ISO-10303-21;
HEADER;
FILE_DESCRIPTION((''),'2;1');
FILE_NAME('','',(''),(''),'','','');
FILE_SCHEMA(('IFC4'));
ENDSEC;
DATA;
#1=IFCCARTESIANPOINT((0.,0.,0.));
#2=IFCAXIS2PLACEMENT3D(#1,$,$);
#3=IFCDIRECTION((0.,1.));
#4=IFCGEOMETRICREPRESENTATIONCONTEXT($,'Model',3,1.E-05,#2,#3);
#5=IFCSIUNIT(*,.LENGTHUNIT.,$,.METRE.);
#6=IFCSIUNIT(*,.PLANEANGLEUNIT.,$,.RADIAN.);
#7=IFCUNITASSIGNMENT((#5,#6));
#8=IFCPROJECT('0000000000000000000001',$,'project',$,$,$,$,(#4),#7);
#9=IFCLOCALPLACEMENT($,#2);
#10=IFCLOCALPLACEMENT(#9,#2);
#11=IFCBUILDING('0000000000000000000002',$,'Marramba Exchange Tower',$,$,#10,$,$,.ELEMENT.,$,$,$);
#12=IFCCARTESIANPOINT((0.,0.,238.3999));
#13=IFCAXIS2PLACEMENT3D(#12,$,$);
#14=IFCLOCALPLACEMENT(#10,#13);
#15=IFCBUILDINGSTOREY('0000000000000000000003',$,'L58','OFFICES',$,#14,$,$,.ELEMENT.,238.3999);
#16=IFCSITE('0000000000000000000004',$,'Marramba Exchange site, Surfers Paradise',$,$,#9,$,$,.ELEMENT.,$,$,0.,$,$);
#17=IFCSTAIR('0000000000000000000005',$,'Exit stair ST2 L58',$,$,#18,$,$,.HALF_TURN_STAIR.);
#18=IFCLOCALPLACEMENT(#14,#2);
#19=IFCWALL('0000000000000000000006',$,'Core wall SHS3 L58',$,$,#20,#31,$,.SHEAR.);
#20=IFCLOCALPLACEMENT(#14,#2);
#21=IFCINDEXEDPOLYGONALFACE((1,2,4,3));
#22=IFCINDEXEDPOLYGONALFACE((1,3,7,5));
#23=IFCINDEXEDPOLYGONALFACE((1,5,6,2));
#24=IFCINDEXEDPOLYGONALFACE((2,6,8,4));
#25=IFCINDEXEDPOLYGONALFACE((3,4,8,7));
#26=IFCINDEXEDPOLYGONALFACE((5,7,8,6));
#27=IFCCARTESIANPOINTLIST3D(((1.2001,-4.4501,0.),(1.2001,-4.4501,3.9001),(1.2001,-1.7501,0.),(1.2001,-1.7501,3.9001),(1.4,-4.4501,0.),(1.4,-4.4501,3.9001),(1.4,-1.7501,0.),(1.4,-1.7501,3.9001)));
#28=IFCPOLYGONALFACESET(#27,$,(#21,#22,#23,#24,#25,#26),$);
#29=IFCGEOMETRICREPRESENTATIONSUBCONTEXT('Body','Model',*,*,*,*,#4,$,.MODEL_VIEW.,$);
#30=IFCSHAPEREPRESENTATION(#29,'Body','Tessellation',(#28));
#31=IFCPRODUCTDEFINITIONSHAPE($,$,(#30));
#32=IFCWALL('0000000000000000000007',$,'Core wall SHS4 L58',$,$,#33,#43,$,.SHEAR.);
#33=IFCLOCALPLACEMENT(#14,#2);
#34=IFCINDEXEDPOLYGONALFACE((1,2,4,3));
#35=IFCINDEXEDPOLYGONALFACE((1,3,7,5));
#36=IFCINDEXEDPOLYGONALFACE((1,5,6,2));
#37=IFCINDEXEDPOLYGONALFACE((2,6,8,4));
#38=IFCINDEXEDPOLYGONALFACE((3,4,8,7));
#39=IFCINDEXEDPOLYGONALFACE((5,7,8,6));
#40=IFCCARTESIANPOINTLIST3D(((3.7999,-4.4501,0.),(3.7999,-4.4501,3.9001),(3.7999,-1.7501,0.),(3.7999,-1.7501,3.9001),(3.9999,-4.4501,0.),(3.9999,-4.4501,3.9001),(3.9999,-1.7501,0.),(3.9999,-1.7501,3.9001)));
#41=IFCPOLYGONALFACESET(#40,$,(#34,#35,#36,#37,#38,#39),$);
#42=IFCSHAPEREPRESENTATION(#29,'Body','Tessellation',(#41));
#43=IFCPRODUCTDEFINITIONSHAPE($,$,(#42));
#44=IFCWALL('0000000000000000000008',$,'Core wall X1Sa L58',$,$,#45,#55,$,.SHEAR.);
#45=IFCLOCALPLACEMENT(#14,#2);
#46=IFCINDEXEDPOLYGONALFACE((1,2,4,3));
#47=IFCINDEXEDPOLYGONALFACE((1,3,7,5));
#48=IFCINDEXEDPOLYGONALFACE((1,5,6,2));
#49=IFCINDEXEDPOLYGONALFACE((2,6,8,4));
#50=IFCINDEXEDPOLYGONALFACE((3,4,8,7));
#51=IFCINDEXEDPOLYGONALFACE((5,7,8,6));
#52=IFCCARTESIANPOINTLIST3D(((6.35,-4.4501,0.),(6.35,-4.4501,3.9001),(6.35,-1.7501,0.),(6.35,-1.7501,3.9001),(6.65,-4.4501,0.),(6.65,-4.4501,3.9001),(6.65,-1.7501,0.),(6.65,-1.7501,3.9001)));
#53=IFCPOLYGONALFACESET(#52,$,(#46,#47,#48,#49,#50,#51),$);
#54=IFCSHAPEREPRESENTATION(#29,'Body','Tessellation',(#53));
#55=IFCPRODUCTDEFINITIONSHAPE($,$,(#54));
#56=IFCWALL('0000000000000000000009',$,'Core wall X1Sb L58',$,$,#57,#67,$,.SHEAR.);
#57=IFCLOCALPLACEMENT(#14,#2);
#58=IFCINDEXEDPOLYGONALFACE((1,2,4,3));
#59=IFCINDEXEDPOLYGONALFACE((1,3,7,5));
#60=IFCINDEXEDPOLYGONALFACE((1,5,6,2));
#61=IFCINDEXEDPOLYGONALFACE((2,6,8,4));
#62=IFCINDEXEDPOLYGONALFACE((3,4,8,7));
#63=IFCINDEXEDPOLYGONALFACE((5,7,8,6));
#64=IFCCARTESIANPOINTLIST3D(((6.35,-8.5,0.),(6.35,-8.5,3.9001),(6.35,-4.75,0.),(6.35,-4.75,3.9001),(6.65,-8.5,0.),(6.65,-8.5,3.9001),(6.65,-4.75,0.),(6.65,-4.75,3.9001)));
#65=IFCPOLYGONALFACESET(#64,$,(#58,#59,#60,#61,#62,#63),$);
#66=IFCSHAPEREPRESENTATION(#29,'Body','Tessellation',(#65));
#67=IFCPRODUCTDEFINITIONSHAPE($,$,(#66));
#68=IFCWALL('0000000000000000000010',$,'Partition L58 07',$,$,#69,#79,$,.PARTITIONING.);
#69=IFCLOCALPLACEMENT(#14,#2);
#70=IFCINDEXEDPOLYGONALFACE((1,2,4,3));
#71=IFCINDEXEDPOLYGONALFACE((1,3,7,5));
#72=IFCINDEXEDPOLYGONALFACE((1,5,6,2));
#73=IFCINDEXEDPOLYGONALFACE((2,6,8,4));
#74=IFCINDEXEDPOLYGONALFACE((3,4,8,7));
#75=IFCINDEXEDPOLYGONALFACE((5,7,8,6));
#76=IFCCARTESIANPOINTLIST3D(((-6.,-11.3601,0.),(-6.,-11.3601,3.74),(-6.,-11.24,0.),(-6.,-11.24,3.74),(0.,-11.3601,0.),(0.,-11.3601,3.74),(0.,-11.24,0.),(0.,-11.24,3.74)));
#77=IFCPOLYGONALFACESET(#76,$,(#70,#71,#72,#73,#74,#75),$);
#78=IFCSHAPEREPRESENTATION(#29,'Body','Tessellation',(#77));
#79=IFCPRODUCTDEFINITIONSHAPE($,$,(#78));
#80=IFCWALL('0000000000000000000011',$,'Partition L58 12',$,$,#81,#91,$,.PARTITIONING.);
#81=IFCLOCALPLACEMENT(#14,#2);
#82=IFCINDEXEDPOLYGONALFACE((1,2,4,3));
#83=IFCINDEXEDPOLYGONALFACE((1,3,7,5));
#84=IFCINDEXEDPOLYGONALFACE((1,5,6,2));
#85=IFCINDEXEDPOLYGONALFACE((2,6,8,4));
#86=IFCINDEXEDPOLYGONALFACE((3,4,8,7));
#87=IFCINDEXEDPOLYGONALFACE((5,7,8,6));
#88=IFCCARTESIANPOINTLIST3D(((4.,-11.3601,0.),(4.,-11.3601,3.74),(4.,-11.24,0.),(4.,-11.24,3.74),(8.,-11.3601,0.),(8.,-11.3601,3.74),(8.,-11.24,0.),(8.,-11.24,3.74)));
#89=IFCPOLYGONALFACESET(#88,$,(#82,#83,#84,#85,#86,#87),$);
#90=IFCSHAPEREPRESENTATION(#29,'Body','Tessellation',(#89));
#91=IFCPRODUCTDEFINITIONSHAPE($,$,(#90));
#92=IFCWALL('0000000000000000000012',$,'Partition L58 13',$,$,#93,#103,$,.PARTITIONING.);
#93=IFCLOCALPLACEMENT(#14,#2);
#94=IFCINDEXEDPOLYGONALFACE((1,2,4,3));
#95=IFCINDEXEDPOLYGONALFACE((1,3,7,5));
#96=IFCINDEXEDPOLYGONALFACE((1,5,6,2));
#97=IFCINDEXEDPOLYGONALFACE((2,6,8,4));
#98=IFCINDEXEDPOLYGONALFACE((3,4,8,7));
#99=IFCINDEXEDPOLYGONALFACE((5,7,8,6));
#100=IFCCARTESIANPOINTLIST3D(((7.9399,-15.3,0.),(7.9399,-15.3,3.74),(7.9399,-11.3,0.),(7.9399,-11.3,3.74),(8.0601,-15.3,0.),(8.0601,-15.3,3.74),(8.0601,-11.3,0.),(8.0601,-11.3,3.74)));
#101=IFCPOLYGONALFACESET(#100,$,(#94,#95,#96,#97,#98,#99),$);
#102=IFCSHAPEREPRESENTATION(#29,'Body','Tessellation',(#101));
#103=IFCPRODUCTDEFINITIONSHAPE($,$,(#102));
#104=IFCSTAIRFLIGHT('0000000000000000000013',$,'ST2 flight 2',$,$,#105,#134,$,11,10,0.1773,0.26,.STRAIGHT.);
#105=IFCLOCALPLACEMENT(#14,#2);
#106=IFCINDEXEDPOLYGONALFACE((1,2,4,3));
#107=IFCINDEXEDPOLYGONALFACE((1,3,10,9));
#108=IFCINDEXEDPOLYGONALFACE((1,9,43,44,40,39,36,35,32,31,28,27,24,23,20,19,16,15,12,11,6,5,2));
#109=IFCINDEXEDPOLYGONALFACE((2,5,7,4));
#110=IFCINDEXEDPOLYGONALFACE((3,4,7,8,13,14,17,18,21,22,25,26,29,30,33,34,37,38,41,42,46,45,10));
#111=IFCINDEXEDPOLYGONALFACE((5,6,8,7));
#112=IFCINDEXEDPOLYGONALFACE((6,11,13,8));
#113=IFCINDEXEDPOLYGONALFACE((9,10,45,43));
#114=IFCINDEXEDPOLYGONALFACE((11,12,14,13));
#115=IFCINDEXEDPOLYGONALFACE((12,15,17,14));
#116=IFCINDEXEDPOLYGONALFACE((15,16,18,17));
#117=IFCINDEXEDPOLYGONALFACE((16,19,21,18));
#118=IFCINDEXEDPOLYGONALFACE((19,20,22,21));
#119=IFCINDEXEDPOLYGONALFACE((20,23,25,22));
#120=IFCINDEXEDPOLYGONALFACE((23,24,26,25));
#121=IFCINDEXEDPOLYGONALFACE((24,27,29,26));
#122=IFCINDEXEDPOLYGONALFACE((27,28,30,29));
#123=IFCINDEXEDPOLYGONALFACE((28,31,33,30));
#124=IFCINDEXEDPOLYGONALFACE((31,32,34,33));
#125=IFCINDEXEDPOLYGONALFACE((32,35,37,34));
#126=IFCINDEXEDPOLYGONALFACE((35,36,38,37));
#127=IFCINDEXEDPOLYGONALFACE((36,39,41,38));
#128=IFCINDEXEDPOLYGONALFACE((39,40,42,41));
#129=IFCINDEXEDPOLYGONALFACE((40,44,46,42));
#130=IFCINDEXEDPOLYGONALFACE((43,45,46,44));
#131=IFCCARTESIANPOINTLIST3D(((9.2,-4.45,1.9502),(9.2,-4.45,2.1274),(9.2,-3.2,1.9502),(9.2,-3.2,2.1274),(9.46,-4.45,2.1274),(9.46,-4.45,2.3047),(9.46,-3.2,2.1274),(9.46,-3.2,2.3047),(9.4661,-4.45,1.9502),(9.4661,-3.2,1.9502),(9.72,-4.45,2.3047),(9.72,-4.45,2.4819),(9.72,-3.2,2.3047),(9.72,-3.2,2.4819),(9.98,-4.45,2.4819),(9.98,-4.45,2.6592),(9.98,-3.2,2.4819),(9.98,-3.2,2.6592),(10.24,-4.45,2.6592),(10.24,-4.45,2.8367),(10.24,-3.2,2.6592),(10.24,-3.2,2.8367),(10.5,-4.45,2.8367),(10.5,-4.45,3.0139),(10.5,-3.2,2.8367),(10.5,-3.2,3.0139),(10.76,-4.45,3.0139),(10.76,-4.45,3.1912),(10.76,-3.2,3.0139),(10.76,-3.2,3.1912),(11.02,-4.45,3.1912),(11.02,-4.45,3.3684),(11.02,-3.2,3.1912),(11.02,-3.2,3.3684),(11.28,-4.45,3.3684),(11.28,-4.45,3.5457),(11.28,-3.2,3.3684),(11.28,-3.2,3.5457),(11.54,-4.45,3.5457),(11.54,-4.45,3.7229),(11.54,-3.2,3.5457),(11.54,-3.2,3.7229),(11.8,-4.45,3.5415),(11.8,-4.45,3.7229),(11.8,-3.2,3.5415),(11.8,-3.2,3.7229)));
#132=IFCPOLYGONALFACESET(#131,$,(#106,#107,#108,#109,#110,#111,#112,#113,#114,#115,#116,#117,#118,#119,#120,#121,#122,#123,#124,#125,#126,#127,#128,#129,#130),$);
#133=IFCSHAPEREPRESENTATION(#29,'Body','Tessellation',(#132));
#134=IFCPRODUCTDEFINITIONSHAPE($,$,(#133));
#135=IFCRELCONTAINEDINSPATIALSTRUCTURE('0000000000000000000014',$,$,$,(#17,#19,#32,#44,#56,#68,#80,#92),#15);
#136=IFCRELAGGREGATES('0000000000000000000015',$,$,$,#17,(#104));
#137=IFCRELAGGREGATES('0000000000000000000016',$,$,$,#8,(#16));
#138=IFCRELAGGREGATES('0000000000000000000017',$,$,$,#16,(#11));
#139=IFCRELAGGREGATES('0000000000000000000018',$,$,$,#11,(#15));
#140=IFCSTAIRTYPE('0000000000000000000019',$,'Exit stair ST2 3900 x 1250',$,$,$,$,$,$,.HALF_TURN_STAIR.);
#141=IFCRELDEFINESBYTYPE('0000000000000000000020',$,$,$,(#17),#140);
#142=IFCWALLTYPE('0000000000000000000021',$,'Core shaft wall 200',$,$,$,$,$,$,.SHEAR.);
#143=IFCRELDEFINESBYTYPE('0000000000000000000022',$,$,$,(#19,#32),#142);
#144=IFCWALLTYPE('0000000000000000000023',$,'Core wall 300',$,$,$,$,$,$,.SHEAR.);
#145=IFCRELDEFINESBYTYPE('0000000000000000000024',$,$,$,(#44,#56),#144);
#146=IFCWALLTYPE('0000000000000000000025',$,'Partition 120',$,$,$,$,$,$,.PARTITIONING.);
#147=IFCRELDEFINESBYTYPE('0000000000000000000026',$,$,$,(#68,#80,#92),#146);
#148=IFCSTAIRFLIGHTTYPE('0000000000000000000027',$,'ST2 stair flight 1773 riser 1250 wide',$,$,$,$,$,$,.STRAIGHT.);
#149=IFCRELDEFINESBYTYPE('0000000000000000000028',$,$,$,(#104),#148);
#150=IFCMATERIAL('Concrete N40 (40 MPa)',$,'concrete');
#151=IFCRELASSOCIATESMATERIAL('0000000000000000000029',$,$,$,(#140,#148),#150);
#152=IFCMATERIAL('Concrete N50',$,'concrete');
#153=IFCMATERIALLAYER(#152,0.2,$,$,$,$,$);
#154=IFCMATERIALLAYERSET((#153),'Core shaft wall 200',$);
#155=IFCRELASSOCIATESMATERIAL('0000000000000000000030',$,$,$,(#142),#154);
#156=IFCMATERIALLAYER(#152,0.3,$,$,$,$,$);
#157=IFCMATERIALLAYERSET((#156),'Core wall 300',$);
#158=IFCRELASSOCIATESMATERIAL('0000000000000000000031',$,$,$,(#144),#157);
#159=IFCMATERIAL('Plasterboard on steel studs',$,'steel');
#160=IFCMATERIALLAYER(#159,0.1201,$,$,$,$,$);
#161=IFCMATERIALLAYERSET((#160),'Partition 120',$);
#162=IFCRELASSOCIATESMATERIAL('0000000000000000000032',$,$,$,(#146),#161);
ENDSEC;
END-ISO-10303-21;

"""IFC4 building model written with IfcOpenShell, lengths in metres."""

from ifc_helpers import new_model, si_unit, direction, frame, frame_2d, origin, place, context, subcontext, project, spatial, polyline, rectangle, outline, extrude, material, layer, layer_set, type_object, element, aggregate, save


model = new_model("IFC4")

# Units and contexts
model_context = context("Model", 3, precision=1e-05, world=origin(), true_north=direction((0.0, 1.0)))
body_context = subcontext(model_context, "Body", "Model", "MODEL_VIEW")
ifc_project = project(units=[si_unit("LENGTHUNIT", "METRE"), si_unit("PLANEANGLEUNIT", "RADIAN")], contexts=[model_context])

# Site, building, storey
site_placement = place(None, origin())
site = spatial("IfcSite", under=ifc_project, at=site_placement, Name="Marramba Exchange site, Surfers Paradise", CompositionType="ELEMENT", RefElevation=0.0)
building_placement = place(site_placement, origin())
building = spatial("IfcBuilding", under=site, at=building_placement, Name="Marramba Exchange Tower", CompositionType="ELEMENT")
storey_placement = place(building_placement, frame((0.0, 0.0, 238.3999)))
storey = spatial("IfcBuildingStorey", under=building, at=storey_placement, Name="L58", Description="OFFICES", CompositionType="ELEMENT", Elevation=238.3999)

# Stair
ifc_material_1 = material(Name="Concrete N40 (40 MPa)", Category="concrete")
stair_type_1 = type_object("IfcStairType", Name="Exit stair ST2 3900 x 1250", PredefinedType="HALF_TURN_STAIR", material=ifc_material_1)
stair_1_placement = place(storey_placement, origin())
stair_1 = element("IfcStair", 1, at=stair_1_placement, inside=storey, type_object=stair_type_1, Name="Exit stair ST2 L58", PredefinedType="HALF_TURN_STAIR")

# Walls
ifc_material_2 = material(Name="Concrete N50", Category="concrete")
ifc_layer_1 = layer(ifc_material_2, 0.2)
ifc_layer_set_1 = layer_set([ifc_layer_1], Name="Core shaft wall 200")
wall_type_1 = type_object("IfcWallType", Name="Core shaft wall 200", PredefinedType="SHEAR", material=ifc_layer_set_1)
for number, where, z_axis, x_axis, name in (
    (2, (1.3, -1.75, 0.0), (0.0, 0.0, 1.0), (0.0, -1.0, 0.0), "Core wall SHS3 L58"),
    (3, (3.8999, -1.75, 0.0), (0.0, 0.0, 1.0), (0.0, -1.0, 0.0), "Core wall SHS4 L58"),
):
    element("IfcWall", number, at=place(storey_placement, frame(where, z_axis=z_axis, x_axis=x_axis)), inside=storey, type_object=wall_type_1, Name=name, PredefinedType="SHEAR", context=body_context, shape_type="SweptSolid", body=[
        extrude(rectangle(XDim=2.7, YDim=0.2, at=frame_2d((1.3501, 0.0))), origin(), (0.0, 0.0, 1.0), 3.9001),
    ])
ifc_layer_2 = layer(ifc_material_2, 0.3)
ifc_layer_set_2 = layer_set([ifc_layer_2], Name="Core wall 300")
wall_type_2 = type_object("IfcWallType", Name="Core wall 300", PredefinedType="SHEAR", material=ifc_layer_set_2)
wall_1_placement = place(storey_placement, frame((6.5, -1.75, 0.0), z_axis=(0.0, 0.0, 1.0), x_axis=(0.0, -1.0, 0.0)))
element("IfcWall", 4, at=wall_1_placement, inside=storey, type_object=wall_type_2, Name="Core wall X1Sa L58", PredefinedType="SHEAR", context=body_context, shape_type="SweptSolid", body=[
    extrude(rectangle(XDim=2.7, YDim=0.3, at=frame_2d((1.3501, 0.0))), origin(), (0.0, 0.0, 1.0), 3.9001),
])
wall_2_placement = place(storey_placement, frame((6.5, -4.75, 0.0), z_axis=(0.0, 0.0, 1.0), x_axis=(0.0, -1.0, 0.0)))
element("IfcWall", 5, at=wall_2_placement, inside=storey, type_object=wall_type_2, Name="Core wall X1Sb L58", PredefinedType="SHEAR", context=body_context, shape_type="SweptSolid", body=[
    extrude(rectangle(XDim=3.75, YDim=0.3, at=frame_2d((1.875, 0.0))), origin(), (0.0, 0.0, 1.0), 3.9001),
])
ifc_material_3 = material(Name="Plasterboard on steel studs", Category="steel")
ifc_layer_3 = layer(ifc_material_3, 0.1201)
ifc_layer_set_3 = layer_set([ifc_layer_3], Name="Partition 120")
wall_type_3 = type_object("IfcWallType", Name="Partition 120", PredefinedType="PARTITIONING", material=ifc_layer_set_3)
wall_3_placement = place(storey_placement, frame((0.0, -11.3, 0.0), z_axis=(0.0, 0.0, 1.0), x_axis=(-1.0, 0.0, 0.0)))
element("IfcWall", 6, at=wall_3_placement, inside=storey, type_object=wall_type_3, Name="Partition L58 07", PredefinedType="PARTITIONING", context=body_context, shape_type="SweptSolid", body=[
    extrude(rectangle(XDim=6.0, YDim=0.1201, at=frame_2d((3.0, 0.0))), origin(), (0.0, 0.0, 1.0), 3.74),
])
for number, where, z_axis, x_axis, name in (
    (7, (4.0, -11.3, 0.0), (0.0, 0.0, 1.0), (1.0, 0.0, 0.0), "Partition L58 12"),
    (8, (8.0, -11.3, 0.0), (0.0, 0.0, 1.0), (0.0, -1.0, 0.0), "Partition L58 13"),
):
    element("IfcWall", number, at=place(storey_placement, frame(where, z_axis=z_axis, x_axis=x_axis)), inside=storey, type_object=wall_type_3, Name=name, PredefinedType="PARTITIONING", context=body_context, shape_type="SweptSolid", body=[
        extrude(rectangle(XDim=4.0, YDim=0.1201, at=frame_2d((2.0, 0.0))), origin(), (0.0, 0.0, 1.0), 3.74),
    ])

# Stair flight
stair_flight_type = type_object("IfcStairFlightType", Name="ST2 stair flight 1773 riser 1250 wide", PredefinedType="STRAIGHT", material=ifc_material_1)
stair_flight_placement = place(storey_placement, frame((9.2, -3.825, 1.9502), z_axis=(0.0, 0.0, 1.0), x_axis=(1.0, 0.0, 0.0)))
stair_flight = element("IfcStairFlight", 9, at=stair_flight_placement, type_object=stair_flight_type, Name="ST2 flight 2", NumberOfRisers=11, NumberOfTreads=10, PredefinedType="STRAIGHT", RiserHeight=0.1773, TreadLength=0.26, context=body_context, shape_type="SweptSolid", body=[
    extrude(outline(polyline([(0.0, 0.0), (0.0, 0.1772), (0.26, 0.1772), (0.26, 0.3545), (0.52, 0.3545), (0.52, 0.5317), (0.78, 0.5317), (0.78, 0.709), (1.04, 0.709), (1.04, 0.8865), (1.3, 0.8865), (1.3, 1.0637), (1.5601, 1.0637), (1.5601, 1.241), (1.8201, 1.241), (1.8201, 1.4182), (2.0801, 1.4182), (2.0801, 1.5955), (2.3401, 1.5955), (2.3401, 1.7727), (2.6001, 1.7727), (2.6001, 1.95), (2.6001, 1.5913), (0.2661, 0.0), (0.0, 0.0)])), frame((0.0, 0.625, 0.0), z_axis=(0.0, -1.0, 0.0), x_axis=(1.0, 0.0, 0.0)), (0.0, 0.0, 1.0), 1.25),
])
aggregate(stair_1, [stair_flight])

save(model, "model.ifc")
